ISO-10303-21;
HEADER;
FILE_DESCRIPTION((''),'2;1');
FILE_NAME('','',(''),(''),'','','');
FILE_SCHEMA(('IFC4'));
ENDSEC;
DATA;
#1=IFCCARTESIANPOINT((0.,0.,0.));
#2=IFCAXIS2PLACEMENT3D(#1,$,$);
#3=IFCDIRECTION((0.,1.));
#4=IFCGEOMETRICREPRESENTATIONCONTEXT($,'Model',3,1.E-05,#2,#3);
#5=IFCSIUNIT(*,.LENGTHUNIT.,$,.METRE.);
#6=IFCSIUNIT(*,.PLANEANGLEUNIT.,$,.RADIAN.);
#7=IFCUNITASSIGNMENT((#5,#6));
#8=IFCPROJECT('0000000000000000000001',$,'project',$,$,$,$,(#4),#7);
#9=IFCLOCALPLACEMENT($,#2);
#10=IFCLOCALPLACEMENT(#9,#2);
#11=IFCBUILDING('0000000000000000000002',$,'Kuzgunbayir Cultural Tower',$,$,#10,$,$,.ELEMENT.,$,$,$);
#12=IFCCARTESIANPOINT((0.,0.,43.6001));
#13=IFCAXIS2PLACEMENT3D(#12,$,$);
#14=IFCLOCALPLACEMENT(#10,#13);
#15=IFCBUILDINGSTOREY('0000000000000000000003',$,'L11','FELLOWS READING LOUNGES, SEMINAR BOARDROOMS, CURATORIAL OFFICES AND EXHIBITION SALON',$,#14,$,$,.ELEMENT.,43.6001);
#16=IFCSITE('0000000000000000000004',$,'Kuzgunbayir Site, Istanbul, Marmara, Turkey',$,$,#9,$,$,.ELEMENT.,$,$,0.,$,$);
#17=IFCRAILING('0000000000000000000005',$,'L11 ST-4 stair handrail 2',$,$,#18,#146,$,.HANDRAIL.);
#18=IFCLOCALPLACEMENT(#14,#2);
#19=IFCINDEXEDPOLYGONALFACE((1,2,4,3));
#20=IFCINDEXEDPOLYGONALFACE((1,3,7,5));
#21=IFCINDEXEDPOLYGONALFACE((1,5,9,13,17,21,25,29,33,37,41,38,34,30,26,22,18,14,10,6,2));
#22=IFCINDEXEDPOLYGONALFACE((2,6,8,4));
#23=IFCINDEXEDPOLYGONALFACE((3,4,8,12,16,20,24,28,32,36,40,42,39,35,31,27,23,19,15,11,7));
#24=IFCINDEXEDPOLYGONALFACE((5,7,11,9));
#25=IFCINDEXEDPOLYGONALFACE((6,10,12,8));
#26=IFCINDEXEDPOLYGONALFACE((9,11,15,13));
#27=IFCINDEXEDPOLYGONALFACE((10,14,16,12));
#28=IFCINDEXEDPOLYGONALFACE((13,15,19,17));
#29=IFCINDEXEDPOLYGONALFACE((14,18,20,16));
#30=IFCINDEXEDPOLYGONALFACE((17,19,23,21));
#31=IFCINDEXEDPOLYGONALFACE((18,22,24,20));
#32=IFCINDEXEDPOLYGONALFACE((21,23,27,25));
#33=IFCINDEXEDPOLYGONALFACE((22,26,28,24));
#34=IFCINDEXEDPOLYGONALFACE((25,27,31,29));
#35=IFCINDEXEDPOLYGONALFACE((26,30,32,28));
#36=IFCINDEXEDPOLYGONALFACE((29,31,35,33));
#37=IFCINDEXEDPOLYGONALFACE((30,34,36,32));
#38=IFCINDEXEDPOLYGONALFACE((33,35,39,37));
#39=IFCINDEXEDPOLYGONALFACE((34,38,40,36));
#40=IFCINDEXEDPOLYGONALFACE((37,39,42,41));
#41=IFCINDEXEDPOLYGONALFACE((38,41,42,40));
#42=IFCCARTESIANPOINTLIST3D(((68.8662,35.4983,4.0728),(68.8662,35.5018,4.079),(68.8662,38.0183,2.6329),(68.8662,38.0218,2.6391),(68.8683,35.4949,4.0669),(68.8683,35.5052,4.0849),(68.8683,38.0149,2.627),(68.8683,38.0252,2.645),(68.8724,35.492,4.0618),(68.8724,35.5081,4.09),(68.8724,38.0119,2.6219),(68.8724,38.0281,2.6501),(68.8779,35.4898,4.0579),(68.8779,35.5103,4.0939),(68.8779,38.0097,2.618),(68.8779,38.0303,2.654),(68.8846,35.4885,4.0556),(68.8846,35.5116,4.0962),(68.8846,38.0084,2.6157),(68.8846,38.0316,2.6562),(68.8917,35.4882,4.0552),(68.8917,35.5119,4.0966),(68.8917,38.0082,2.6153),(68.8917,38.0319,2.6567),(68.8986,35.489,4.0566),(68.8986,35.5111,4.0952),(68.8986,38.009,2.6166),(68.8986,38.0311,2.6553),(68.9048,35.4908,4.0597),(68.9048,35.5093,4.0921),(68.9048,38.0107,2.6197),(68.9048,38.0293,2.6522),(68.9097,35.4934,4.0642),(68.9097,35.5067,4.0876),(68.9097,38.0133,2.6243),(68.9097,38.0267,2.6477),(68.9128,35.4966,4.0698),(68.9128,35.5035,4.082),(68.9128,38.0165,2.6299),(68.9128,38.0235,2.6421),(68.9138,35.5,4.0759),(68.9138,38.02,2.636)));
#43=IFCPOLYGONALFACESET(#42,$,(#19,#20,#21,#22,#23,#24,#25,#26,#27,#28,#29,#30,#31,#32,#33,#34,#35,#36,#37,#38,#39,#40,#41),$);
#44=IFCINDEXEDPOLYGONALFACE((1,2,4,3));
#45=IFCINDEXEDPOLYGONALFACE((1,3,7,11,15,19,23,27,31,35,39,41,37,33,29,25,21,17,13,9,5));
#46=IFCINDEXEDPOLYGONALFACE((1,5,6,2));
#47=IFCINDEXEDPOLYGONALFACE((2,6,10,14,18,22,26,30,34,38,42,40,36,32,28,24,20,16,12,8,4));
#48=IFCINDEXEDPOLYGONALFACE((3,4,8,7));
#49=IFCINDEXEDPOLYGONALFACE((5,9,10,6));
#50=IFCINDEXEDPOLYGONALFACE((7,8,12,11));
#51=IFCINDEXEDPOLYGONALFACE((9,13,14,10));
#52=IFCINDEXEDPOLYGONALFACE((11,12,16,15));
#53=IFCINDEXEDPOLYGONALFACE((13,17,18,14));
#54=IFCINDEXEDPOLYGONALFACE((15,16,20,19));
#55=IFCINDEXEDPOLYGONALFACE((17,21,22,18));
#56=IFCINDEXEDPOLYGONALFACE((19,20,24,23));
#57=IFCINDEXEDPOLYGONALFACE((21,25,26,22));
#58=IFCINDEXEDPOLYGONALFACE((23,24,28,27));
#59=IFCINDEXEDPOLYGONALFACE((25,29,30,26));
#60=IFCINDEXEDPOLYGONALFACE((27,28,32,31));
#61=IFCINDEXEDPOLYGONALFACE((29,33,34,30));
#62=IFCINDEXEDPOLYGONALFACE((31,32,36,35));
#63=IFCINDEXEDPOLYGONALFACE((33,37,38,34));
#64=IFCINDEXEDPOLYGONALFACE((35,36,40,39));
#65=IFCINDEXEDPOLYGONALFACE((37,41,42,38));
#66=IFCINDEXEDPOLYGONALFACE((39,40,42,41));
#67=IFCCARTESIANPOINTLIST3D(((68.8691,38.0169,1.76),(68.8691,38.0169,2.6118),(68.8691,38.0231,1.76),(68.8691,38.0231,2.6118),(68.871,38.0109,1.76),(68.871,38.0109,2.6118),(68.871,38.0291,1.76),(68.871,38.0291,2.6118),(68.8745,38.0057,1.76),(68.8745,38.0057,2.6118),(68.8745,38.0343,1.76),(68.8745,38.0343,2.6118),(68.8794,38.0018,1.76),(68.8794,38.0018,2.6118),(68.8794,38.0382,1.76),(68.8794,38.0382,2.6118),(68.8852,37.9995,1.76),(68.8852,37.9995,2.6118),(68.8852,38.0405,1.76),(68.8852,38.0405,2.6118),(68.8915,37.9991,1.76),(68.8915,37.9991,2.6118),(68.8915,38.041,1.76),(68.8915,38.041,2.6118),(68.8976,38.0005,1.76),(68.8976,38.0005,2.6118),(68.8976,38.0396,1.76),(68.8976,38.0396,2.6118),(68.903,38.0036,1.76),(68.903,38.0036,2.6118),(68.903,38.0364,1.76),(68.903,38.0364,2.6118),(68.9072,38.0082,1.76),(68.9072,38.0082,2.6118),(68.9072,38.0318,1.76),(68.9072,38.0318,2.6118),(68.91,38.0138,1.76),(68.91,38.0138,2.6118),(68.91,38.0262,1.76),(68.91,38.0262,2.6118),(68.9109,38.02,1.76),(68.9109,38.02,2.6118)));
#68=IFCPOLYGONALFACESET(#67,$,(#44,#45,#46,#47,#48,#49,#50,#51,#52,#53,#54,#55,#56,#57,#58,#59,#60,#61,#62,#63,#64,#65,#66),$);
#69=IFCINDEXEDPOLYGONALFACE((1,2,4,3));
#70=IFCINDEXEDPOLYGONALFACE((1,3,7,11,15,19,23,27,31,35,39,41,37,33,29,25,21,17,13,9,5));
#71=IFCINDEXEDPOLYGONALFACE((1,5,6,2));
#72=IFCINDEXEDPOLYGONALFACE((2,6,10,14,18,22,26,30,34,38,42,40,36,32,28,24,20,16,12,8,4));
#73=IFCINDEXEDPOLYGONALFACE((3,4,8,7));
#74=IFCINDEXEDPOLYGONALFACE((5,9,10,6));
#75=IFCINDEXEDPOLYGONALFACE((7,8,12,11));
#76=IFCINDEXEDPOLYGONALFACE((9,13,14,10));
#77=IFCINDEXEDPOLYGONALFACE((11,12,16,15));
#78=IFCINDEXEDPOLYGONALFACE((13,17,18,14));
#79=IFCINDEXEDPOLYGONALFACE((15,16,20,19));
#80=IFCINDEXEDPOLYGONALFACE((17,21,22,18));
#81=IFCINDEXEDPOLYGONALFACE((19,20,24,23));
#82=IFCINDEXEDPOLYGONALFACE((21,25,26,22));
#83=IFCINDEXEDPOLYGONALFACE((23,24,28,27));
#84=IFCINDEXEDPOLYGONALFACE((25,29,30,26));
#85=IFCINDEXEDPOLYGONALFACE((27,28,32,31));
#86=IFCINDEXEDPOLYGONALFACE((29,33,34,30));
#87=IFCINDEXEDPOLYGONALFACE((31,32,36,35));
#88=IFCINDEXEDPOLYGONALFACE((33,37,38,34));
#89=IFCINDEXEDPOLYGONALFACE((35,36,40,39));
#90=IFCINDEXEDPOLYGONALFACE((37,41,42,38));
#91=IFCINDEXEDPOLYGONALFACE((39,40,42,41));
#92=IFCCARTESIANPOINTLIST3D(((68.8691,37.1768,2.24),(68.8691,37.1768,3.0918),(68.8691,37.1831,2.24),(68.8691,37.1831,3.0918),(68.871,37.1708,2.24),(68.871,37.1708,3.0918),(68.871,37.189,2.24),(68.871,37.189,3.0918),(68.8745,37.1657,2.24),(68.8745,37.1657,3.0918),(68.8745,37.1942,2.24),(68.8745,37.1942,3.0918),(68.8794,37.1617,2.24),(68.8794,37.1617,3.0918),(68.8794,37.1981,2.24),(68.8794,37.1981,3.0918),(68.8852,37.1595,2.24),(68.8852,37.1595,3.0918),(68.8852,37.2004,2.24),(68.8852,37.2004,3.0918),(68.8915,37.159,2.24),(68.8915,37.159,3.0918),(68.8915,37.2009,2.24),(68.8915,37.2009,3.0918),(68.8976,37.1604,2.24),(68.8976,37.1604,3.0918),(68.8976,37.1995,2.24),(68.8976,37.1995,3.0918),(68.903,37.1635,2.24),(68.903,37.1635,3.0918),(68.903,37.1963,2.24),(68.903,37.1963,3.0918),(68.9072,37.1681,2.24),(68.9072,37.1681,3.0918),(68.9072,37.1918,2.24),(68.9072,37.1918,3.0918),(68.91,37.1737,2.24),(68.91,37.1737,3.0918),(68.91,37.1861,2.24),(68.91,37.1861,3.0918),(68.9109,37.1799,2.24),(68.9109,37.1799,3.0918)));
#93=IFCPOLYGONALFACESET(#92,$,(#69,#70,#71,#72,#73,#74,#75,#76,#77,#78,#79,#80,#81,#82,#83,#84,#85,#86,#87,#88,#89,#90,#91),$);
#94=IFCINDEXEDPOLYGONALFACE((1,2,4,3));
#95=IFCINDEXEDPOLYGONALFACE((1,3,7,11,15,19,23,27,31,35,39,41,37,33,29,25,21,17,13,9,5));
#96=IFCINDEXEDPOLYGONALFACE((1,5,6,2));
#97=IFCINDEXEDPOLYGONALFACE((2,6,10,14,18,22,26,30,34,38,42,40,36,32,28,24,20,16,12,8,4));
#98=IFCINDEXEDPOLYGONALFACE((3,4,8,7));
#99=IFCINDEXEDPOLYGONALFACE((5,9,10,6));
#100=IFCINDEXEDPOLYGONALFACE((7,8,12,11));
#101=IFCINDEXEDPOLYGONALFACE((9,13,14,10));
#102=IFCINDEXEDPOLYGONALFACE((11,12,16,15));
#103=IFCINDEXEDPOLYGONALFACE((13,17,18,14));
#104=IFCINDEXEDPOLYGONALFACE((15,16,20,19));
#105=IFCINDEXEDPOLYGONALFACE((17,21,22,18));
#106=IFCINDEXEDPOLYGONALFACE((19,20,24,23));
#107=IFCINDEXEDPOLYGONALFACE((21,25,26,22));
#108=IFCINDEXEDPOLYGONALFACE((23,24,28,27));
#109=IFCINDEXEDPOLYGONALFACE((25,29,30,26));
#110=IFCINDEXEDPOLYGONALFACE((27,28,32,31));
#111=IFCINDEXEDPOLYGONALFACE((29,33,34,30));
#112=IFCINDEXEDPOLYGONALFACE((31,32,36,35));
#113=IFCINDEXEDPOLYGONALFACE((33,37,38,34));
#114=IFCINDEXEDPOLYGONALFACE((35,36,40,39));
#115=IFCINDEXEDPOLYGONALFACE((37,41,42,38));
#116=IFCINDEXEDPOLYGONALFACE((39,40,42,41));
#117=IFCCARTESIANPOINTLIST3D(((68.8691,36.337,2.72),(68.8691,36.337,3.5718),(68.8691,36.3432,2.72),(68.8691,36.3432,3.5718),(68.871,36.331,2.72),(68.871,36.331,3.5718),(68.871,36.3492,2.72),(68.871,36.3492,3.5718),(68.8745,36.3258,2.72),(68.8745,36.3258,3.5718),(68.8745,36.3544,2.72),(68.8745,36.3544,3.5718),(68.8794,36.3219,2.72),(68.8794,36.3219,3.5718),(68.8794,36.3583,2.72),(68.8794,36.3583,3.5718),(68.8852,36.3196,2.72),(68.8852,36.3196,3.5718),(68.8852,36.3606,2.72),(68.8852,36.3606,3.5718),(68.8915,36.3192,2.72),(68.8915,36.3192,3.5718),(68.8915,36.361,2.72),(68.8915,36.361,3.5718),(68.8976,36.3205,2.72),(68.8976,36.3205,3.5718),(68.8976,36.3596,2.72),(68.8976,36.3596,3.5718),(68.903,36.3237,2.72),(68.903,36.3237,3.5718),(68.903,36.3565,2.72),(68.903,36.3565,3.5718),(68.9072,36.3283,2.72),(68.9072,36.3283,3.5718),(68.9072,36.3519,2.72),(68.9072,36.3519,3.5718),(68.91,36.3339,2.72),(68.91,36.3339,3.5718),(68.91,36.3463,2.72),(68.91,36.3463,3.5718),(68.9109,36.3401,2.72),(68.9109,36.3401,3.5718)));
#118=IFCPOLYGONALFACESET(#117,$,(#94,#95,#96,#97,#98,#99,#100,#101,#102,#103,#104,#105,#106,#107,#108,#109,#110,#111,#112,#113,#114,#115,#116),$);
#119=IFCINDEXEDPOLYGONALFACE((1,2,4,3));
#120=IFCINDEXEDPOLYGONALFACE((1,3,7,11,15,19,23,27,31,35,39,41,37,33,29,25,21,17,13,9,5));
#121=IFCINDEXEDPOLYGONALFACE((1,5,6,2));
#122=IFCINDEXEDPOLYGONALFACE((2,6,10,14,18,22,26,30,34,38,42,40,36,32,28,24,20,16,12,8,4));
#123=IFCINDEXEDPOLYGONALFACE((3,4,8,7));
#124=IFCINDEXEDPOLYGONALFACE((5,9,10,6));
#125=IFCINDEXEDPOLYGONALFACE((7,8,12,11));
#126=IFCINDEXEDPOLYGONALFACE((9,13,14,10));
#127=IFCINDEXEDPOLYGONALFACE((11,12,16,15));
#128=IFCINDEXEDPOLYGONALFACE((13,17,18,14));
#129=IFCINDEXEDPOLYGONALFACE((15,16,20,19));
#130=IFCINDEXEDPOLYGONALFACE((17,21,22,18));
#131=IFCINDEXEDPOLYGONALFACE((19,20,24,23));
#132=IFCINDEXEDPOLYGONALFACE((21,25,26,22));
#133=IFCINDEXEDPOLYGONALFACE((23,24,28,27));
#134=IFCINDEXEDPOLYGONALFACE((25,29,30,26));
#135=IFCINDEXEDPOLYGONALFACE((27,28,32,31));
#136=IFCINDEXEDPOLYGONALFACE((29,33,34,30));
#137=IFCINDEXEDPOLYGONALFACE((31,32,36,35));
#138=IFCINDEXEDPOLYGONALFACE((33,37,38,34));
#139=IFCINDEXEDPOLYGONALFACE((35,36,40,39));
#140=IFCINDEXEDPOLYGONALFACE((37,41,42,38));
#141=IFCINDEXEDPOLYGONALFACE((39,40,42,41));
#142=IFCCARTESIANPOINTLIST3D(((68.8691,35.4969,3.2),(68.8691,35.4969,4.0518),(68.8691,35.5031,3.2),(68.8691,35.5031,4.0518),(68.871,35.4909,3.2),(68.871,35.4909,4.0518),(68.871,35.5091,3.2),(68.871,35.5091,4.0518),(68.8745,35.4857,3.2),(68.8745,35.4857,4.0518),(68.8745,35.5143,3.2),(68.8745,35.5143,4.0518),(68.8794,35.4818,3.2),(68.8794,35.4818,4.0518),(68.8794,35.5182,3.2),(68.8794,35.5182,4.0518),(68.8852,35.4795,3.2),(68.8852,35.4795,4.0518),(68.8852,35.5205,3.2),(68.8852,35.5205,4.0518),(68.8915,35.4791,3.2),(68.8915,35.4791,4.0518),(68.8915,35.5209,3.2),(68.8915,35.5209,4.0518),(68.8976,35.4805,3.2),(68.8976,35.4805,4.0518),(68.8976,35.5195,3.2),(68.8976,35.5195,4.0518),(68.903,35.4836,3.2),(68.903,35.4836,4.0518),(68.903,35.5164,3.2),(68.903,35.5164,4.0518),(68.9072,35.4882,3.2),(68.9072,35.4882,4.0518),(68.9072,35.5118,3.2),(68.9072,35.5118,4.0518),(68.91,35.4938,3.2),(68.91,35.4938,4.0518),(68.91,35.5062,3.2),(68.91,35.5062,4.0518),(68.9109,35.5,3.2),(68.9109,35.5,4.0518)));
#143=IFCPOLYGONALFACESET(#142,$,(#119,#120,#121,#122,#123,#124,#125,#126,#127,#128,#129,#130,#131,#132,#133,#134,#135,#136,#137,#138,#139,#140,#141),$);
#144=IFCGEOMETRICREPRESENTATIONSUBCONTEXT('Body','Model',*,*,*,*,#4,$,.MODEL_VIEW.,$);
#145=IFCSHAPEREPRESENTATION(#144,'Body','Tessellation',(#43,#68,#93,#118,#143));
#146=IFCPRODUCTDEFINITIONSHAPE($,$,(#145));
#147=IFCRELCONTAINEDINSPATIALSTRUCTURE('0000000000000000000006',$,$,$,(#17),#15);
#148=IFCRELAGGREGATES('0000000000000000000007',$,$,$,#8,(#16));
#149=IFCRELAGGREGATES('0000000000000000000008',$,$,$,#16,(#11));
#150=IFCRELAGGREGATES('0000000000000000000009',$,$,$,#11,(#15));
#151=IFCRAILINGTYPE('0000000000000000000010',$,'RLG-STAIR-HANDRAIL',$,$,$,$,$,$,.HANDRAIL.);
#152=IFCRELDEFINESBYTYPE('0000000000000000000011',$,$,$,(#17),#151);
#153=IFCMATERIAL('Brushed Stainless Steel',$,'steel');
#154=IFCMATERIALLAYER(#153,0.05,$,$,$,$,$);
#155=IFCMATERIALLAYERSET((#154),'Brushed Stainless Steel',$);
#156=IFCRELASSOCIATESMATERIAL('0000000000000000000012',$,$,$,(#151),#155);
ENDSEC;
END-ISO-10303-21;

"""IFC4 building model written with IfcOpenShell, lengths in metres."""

from ifc_helpers import new_model, si_unit, direction, frame, origin, origin_2d, place, context, subcontext, project, spatial, circle, extrude, material, layer, layer_set, type_object, element, save


model = new_model("IFC4")

# Units and contexts
model_context = context("Model", 3, precision=1e-05, world=origin(), true_north=direction((0.0, 1.0)))
body_context = subcontext(model_context, "Body", "Model", "MODEL_VIEW")
ifc_project = project(units=[si_unit("LENGTHUNIT", "METRE"), si_unit("PLANEANGLEUNIT", "RADIAN")], contexts=[model_context])

# Site, building, storey
site_placement = place(None, origin())
site = spatial("IfcSite", under=ifc_project, at=site_placement, Name="Kuzgunbayir Site, Istanbul, Marmara, Turkey", CompositionType="ELEMENT", RefElevation=0.0)
building_placement = place(site_placement, origin())
building = spatial("IfcBuilding", under=site, at=building_placement, Name="Kuzgunbayir Cultural Tower", CompositionType="ELEMENT")
storey_placement = place(building_placement, frame((0.0, 0.0, 43.6001)))
storey = spatial("IfcBuildingStorey", under=building, at=storey_placement, Name="L11", Description="FELLOWS READING LOUNGES, SEMINAR BOARDROOMS, CURATORIAL OFFICES AND EXHIBITION SALON", CompositionType="ELEMENT", Elevation=43.6001)

# Shared definitions
ifc_material_1 = material(Name="Brushed Stainless Steel", Category="steel")

# Railing
ifc_layer_1 = layer(ifc_material_1, 0.05)
ifc_layer_set_1 = layer_set([ifc_layer_1], Name="Brushed Stainless Steel")
railing_type_1 = type_object("IfcRailingType", Name="RLG-STAIR-HANDRAIL", PredefinedType="HANDRAIL", material=ifc_layer_set_1)
railing_1_placement = place(storey_placement, frame((68.8899, 38.02, 1.76)))
element("IfcRailing", 1, at=railing_1_placement, inside=storey, type_object=railing_type_1, Name="L11 ST-4 stair handrail 2", PredefinedType="HANDRAIL", context=body_context, shape_type="SweptSolid", body=[
    extrude(circle(Radius=0.0239, at=origin_2d()), frame((0.0, 0.0, 0.876), z_axis=(0.0, -0.868253, 0.496121), x_axis=(1.0, 0.0, 0.0)), (0.0, 0.0, 1.0), 2.9023),
    extrude(circle(Radius=0.021, at=origin_2d()), origin(), (0.0, 0.0, 1.0), 0.8518),
    extrude(circle(Radius=0.021, at=origin_2d()), frame((0.0, -0.8401, 0.48)), (0.0, 0.0, 1.0), 0.8518),
    extrude(circle(Radius=0.021, at=origin_2d()), frame((0.0, -1.6799, 0.96)), (0.0, 0.0, 1.0), 0.8518),
    extrude(circle(Radius=0.021, at=origin_2d()), frame((0.0, -2.52, 1.4399)), (0.0, 0.0, 1.0), 0.8518),
])

save(model, "model.ifc")
